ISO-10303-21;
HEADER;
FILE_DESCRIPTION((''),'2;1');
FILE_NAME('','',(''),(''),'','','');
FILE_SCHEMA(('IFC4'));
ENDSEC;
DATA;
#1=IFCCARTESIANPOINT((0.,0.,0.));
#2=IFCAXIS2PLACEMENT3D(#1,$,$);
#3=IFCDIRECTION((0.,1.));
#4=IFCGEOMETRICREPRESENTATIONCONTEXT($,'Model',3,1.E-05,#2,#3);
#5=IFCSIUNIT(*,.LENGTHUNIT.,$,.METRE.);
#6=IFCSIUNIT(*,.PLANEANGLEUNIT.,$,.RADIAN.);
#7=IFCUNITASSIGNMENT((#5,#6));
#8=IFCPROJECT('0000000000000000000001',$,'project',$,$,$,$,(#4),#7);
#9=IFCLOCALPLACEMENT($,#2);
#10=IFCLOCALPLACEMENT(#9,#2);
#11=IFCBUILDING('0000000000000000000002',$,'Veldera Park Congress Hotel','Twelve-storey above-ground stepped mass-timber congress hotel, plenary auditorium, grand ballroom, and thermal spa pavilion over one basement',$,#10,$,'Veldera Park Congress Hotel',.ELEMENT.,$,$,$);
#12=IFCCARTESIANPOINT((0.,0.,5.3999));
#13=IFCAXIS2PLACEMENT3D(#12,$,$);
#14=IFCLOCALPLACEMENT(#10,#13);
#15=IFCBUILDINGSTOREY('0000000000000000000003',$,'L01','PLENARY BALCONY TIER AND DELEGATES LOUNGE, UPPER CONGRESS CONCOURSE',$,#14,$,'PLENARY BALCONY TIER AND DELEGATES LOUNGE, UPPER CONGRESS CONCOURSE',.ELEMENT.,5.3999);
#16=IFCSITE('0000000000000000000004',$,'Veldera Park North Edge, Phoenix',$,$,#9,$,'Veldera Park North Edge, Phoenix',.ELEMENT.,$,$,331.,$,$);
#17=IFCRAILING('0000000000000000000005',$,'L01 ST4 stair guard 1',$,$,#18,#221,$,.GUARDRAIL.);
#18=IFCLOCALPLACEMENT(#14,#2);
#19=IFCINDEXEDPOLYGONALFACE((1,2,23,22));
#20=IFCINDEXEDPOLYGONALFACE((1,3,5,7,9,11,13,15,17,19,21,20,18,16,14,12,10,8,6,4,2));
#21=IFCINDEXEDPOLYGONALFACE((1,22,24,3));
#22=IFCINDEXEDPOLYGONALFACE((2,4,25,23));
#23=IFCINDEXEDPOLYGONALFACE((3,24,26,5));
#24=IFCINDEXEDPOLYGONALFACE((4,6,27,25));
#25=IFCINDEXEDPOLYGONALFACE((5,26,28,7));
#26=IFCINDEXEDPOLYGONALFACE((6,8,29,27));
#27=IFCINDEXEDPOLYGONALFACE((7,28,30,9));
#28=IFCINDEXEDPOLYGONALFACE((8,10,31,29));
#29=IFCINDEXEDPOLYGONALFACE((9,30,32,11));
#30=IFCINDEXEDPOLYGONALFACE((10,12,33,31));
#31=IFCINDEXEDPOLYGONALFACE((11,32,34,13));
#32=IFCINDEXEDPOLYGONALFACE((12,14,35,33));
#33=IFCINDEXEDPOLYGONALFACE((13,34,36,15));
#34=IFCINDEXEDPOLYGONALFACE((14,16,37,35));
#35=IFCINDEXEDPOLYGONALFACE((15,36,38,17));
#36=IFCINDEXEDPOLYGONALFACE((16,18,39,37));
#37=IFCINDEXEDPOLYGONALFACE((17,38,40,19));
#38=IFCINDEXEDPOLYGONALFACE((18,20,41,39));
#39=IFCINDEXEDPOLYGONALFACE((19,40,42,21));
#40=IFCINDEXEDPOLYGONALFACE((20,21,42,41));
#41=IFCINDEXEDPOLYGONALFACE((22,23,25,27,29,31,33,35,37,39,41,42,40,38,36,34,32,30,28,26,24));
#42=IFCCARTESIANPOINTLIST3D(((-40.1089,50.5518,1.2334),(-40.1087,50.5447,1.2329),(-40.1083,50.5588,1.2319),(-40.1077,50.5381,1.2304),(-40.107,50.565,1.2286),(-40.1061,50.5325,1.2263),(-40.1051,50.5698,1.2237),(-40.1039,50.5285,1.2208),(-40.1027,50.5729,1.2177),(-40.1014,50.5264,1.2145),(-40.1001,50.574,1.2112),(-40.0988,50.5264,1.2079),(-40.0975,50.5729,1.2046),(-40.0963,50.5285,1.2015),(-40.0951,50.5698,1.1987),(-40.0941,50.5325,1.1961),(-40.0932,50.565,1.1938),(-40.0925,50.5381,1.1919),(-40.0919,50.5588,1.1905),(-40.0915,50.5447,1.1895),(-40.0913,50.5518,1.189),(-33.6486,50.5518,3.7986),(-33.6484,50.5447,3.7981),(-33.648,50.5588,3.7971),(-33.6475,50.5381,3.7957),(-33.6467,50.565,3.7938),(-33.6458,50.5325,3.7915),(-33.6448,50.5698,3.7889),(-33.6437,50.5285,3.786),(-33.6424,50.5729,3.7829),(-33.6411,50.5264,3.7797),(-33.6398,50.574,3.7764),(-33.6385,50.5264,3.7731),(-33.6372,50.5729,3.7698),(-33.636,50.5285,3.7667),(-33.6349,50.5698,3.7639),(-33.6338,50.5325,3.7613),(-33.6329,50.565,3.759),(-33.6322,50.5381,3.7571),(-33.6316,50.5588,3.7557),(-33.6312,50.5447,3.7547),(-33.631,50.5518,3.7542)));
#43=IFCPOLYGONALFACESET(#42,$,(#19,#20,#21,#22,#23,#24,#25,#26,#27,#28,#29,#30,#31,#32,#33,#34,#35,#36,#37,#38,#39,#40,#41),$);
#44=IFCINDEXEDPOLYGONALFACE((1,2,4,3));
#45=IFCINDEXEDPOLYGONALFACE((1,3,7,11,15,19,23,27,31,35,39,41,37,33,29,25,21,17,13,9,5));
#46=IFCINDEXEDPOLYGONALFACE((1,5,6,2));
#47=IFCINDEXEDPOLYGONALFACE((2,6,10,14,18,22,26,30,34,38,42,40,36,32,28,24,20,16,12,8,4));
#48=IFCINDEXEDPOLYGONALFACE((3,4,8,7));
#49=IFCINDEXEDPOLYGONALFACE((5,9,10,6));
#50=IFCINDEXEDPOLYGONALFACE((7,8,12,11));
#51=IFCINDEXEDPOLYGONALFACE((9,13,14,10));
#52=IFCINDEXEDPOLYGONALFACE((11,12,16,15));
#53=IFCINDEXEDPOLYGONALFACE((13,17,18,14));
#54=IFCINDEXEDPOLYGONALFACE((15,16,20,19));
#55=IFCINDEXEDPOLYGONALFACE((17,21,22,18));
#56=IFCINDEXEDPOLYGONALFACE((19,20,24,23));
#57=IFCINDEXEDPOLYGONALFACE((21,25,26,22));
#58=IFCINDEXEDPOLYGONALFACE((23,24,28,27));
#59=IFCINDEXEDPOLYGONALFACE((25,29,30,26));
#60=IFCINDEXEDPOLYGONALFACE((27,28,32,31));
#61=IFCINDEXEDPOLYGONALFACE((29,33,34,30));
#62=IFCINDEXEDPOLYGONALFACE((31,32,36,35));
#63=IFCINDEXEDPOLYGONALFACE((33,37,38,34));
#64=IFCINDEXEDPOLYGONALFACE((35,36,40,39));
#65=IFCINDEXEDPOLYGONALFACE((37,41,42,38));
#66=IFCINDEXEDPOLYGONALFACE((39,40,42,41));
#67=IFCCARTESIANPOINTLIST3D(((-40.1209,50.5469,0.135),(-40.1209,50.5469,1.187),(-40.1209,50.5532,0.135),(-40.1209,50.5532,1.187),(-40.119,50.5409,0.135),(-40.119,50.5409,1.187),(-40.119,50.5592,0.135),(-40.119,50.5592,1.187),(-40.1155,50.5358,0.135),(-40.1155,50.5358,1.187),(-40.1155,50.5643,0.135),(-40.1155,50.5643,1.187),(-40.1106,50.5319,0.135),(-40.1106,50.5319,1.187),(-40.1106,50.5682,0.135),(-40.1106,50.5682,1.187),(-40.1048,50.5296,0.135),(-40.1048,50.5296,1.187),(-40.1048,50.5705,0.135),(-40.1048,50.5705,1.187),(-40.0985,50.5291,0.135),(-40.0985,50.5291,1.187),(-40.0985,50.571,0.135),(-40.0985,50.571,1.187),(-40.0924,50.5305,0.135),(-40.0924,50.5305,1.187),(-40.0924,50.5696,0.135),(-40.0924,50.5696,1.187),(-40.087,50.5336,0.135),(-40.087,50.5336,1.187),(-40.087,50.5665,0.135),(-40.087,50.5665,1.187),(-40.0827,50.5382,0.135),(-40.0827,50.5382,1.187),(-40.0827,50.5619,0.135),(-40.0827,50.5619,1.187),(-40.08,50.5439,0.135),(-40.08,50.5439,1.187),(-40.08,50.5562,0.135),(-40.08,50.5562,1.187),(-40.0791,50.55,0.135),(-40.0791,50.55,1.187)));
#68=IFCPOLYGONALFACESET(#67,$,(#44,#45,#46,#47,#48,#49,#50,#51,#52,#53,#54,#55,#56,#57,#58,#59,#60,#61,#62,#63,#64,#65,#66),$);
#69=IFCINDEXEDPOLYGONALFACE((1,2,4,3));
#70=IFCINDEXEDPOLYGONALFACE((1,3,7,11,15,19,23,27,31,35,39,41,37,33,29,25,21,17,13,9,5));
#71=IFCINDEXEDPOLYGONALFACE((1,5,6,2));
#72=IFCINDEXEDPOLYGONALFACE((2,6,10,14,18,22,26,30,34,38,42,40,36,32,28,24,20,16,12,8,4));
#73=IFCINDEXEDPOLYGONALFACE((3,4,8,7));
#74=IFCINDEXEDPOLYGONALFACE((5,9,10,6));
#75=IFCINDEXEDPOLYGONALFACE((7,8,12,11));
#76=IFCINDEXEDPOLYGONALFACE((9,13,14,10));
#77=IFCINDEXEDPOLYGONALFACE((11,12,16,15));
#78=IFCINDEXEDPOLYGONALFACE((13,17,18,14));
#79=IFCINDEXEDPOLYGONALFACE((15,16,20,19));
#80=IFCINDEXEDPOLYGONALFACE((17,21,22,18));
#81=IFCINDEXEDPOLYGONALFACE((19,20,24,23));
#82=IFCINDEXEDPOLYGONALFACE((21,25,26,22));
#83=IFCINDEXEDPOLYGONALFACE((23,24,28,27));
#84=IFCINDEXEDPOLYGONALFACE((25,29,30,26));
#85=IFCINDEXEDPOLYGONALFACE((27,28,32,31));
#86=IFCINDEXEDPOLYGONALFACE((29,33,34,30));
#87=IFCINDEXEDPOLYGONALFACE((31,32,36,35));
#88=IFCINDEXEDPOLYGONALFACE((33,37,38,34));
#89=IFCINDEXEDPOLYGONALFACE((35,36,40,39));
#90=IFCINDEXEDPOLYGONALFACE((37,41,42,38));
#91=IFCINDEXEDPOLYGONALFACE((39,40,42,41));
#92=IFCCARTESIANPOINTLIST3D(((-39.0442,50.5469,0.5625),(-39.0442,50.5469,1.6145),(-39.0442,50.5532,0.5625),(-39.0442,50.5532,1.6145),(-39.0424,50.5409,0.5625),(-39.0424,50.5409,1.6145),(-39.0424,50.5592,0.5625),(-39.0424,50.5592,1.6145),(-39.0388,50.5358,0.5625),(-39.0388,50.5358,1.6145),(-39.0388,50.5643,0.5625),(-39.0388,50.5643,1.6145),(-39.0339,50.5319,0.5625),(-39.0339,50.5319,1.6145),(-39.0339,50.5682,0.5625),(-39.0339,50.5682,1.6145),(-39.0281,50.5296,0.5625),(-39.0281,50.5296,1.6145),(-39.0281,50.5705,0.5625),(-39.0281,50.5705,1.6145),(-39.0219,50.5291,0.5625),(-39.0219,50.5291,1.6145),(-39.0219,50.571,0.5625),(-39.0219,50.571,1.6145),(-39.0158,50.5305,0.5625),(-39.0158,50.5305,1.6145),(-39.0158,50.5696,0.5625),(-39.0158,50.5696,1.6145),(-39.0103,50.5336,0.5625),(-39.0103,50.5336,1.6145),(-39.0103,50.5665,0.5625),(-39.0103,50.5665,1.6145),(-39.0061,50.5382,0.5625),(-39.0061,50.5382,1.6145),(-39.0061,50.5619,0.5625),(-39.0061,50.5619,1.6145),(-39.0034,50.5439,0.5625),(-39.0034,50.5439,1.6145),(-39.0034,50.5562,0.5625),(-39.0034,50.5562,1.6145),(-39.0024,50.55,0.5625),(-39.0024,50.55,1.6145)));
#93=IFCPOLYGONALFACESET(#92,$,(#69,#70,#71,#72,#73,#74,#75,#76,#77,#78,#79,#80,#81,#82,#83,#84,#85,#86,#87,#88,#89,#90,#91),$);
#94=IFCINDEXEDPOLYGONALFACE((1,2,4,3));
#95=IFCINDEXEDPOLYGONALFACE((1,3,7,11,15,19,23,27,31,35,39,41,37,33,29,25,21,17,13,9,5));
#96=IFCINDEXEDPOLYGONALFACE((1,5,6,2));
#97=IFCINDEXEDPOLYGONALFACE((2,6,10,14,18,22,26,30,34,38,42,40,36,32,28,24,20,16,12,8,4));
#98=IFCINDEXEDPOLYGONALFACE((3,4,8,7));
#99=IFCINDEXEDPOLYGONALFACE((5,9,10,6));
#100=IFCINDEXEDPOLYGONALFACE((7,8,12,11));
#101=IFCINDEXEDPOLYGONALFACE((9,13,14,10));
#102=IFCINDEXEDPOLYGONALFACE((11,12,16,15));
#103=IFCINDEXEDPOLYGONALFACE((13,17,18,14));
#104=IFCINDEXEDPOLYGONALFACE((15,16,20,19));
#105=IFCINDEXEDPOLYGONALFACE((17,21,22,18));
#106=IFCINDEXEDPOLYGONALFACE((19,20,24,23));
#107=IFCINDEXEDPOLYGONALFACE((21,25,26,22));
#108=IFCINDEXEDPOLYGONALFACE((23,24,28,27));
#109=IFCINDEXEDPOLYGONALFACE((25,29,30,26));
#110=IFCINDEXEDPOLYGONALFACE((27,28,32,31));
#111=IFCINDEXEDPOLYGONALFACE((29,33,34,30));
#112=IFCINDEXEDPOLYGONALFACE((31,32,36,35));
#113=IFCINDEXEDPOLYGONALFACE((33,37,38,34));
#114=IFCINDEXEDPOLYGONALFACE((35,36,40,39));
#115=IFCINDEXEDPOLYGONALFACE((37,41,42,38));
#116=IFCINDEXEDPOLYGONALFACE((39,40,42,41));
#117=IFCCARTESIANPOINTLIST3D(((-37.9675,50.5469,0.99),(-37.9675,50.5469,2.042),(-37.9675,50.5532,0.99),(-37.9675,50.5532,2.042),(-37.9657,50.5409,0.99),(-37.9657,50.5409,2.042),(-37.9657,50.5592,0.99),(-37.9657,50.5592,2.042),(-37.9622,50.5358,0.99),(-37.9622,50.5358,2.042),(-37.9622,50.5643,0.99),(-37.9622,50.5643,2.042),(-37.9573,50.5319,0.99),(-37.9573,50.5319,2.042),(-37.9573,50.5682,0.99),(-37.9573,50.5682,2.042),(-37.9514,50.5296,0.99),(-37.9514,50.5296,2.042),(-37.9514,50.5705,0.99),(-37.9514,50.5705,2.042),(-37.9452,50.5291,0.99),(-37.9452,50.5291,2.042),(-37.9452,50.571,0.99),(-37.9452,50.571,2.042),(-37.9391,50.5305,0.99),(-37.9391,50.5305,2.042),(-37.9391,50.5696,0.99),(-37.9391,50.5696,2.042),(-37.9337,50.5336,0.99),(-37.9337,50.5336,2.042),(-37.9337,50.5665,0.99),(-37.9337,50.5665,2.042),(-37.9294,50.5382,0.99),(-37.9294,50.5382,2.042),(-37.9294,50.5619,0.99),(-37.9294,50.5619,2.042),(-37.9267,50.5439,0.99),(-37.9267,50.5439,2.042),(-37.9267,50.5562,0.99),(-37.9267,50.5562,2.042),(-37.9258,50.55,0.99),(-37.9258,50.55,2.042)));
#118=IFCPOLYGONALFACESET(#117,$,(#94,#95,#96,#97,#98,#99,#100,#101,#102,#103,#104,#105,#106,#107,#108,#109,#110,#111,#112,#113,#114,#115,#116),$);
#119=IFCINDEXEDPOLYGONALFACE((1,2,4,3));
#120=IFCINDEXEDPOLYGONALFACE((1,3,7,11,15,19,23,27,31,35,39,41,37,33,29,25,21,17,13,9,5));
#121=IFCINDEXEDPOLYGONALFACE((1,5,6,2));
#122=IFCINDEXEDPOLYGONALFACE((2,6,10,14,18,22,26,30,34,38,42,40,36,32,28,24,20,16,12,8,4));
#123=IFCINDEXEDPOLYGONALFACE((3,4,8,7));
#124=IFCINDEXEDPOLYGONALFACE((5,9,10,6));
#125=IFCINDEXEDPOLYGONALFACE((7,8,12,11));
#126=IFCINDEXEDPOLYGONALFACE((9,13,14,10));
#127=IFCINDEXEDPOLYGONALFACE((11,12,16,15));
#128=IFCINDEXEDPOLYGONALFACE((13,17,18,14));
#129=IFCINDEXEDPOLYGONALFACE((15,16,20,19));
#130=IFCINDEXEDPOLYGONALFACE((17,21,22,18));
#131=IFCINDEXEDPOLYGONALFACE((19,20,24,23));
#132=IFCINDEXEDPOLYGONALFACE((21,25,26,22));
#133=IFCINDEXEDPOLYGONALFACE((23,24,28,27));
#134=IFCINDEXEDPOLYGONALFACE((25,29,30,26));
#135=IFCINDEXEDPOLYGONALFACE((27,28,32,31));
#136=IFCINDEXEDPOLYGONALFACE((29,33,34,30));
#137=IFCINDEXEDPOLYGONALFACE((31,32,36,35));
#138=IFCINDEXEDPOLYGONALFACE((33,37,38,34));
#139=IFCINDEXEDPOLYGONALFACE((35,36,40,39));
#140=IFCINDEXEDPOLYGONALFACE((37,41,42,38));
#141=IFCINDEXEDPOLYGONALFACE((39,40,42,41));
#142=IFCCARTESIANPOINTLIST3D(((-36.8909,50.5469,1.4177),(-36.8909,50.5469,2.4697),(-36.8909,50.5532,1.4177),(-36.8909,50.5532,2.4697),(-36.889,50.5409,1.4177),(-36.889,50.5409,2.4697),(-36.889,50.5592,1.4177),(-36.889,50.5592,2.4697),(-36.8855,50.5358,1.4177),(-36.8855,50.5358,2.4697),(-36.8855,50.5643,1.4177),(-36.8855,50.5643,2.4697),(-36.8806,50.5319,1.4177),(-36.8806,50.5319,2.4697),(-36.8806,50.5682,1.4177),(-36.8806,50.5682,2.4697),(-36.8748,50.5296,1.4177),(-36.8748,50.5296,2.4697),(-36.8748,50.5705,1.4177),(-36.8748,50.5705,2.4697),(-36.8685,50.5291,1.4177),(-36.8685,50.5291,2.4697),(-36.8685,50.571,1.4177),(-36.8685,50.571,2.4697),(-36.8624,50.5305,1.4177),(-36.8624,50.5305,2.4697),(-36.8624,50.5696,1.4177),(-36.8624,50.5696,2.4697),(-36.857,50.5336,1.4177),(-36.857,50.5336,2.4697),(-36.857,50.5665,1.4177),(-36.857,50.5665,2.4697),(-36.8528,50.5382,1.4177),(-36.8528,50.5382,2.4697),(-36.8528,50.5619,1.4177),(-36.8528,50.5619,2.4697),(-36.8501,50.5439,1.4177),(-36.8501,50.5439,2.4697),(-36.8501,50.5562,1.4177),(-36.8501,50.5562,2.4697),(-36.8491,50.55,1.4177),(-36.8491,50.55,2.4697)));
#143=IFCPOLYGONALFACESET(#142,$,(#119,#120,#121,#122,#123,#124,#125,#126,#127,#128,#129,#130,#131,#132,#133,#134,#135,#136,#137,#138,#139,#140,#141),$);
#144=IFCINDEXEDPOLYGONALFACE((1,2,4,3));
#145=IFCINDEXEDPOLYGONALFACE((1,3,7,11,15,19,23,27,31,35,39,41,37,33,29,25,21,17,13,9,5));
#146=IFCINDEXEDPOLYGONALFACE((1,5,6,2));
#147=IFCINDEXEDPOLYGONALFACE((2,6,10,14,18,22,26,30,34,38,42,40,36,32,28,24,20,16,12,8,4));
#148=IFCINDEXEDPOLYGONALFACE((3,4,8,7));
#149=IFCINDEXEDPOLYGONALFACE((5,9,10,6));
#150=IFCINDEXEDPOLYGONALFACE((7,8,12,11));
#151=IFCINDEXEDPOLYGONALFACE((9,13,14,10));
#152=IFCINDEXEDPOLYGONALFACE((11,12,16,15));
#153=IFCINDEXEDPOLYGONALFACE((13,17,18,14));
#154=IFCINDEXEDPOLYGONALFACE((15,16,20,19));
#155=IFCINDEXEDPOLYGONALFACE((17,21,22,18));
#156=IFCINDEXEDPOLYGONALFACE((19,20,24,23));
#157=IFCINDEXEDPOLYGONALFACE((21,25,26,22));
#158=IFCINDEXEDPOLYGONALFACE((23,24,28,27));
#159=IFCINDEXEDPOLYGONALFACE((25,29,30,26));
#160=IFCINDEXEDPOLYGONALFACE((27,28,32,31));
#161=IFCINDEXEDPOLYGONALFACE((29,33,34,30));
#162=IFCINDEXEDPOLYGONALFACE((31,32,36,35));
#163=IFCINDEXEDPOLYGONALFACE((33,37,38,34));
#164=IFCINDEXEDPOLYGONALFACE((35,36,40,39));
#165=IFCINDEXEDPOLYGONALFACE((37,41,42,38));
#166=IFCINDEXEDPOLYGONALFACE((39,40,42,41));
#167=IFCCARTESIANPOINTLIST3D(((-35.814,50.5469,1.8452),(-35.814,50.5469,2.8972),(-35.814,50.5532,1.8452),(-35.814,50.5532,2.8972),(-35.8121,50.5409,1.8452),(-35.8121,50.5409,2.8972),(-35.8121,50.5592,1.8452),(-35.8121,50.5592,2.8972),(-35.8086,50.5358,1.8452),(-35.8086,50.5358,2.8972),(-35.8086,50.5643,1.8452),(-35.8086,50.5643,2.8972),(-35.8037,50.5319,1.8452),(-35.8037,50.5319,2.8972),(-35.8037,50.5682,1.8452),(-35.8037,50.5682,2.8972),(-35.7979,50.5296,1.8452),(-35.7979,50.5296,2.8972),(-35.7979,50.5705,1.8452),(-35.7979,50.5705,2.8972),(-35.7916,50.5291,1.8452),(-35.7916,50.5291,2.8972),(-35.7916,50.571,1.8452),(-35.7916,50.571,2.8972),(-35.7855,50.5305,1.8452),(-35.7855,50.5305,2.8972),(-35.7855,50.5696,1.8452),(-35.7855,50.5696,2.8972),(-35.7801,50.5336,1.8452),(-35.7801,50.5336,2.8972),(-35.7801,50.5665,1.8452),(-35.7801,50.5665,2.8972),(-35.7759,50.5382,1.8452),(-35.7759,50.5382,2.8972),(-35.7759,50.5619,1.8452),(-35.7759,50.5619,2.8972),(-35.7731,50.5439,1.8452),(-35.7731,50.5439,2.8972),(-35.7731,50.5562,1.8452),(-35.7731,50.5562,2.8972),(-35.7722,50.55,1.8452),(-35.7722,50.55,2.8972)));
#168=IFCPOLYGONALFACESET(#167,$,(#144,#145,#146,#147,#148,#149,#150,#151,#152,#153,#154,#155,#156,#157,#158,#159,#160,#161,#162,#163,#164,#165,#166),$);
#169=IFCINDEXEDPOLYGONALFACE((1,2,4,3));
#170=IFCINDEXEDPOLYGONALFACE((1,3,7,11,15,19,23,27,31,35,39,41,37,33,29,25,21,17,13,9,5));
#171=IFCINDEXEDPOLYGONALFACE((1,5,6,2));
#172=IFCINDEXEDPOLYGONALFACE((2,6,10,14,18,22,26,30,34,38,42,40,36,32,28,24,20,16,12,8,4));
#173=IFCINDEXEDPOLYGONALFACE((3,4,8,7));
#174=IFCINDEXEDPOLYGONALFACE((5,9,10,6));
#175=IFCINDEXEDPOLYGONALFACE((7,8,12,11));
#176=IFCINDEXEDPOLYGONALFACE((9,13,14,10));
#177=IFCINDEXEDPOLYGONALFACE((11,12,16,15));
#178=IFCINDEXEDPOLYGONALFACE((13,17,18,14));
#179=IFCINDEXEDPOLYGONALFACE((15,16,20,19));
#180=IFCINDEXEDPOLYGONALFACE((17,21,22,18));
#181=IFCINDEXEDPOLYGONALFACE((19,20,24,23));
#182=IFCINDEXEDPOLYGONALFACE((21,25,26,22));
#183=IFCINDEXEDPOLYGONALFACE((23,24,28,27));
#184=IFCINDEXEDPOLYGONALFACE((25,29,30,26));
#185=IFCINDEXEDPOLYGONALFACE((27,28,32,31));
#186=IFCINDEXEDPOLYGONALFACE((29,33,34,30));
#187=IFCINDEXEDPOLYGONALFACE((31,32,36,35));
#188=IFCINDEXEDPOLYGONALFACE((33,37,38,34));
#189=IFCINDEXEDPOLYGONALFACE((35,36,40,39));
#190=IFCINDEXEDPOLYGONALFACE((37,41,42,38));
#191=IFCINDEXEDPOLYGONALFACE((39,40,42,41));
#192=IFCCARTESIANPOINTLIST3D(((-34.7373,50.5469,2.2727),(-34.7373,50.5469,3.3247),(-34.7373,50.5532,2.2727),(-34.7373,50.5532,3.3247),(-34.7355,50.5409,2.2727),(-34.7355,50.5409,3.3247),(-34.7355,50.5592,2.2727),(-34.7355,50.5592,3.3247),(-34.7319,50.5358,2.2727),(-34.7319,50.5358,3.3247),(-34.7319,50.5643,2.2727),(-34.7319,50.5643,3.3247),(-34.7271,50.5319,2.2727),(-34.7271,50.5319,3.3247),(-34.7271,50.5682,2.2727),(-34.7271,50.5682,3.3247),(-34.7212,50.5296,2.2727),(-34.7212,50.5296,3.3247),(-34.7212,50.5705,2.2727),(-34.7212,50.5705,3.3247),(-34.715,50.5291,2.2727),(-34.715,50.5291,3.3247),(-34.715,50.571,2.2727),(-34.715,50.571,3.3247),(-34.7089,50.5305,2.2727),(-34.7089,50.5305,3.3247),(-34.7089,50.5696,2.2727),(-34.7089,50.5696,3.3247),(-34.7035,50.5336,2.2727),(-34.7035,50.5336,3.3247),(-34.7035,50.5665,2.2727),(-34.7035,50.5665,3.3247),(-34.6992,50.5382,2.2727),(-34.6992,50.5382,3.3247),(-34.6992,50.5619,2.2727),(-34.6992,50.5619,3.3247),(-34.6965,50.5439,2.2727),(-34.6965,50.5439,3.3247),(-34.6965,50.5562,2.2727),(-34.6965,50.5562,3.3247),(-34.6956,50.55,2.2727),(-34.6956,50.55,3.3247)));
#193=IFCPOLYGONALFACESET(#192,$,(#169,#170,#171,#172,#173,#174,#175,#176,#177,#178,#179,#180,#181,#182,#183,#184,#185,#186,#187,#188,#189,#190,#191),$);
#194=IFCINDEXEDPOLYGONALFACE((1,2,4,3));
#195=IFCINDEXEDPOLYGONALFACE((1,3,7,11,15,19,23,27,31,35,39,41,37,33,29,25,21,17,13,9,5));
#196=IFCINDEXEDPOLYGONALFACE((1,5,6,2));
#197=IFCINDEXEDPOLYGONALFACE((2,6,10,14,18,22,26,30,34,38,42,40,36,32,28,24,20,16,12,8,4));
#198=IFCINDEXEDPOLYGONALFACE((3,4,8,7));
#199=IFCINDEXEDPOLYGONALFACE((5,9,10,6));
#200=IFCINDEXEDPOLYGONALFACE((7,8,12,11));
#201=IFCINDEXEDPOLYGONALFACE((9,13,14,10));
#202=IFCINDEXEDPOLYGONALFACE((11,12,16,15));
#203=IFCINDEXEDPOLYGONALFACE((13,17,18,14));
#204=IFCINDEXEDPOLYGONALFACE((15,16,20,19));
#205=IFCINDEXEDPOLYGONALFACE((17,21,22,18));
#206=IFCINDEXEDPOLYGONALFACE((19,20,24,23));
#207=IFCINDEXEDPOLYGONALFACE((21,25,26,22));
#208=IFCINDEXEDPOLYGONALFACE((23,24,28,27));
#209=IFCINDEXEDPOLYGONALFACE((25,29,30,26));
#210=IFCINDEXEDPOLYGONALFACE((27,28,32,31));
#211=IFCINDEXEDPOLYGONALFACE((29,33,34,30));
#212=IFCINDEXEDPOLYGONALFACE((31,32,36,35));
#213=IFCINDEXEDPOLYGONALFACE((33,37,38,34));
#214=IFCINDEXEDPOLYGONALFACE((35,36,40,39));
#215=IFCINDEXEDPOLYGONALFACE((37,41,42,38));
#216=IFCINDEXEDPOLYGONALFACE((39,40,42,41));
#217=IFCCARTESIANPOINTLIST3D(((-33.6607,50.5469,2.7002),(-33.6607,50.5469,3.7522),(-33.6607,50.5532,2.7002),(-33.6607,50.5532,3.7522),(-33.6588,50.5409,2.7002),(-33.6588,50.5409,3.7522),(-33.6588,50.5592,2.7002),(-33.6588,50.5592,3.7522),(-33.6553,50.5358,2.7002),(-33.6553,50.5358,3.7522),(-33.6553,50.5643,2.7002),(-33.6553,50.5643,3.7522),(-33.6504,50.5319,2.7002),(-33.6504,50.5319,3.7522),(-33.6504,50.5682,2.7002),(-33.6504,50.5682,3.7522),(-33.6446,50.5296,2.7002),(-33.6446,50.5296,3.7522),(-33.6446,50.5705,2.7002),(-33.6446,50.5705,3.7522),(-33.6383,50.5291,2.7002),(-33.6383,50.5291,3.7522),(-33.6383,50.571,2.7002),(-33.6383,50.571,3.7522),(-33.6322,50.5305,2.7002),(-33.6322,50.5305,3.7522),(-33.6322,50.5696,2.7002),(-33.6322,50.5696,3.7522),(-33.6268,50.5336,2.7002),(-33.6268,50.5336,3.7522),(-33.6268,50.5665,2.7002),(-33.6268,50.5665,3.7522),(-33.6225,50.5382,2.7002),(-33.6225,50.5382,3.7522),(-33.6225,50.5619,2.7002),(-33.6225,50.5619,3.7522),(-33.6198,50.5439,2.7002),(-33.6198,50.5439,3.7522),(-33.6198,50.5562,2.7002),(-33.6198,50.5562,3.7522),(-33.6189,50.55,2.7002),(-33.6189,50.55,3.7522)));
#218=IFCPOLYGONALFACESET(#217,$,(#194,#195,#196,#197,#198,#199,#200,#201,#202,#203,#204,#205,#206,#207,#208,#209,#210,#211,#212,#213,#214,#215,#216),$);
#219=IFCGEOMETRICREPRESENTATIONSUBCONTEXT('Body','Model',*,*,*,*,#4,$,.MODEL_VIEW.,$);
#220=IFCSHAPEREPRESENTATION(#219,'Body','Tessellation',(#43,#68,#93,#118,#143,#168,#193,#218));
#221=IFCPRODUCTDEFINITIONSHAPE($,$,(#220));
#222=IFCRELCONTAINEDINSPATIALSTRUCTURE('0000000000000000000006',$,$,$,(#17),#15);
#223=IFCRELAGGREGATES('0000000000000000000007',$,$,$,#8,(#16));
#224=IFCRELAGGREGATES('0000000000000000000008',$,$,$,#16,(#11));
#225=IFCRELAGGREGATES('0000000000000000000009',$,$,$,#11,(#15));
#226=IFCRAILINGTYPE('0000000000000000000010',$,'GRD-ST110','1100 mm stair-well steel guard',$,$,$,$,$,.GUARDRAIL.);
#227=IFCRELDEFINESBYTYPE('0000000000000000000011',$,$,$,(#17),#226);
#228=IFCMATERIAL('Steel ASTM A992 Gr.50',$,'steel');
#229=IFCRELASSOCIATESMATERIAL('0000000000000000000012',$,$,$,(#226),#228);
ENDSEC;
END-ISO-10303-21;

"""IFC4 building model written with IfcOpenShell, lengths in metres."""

from ifc_helpers import new_model, si_unit, direction, frame, origin, origin_2d, place, context, subcontext, project, spatial, circle, extrude, material, type_object, element, save


model = new_model("IFC4")

# Units and contexts
model_context = context("Model", 3, precision=1e-05, world=origin(), true_north=direction((0.0, 1.0)))
body_context = subcontext(model_context, "Body", "Model", "MODEL_VIEW")
ifc_project = project(units=[si_unit("LENGTHUNIT", "METRE"), si_unit("PLANEANGLEUNIT", "RADIAN")], contexts=[model_context])

# Site, building, storey
site_placement = place(None, origin())
site = spatial("IfcSite", under=ifc_project, at=site_placement, Name="Veldera Park North Edge, Phoenix", LongName="Veldera Park North Edge, Phoenix", CompositionType="ELEMENT", RefElevation=331.0)
building_placement = place(site_placement, origin())
building = spatial("IfcBuilding", under=site, at=building_placement, Name="Veldera Park Congress Hotel", Description="Twelve-storey above-ground stepped mass-timber congress hotel, plenary auditorium, grand ballroom, and thermal spa pavilion over one basement", LongName="Veldera Park Congress Hotel", CompositionType="ELEMENT")
storey_placement = place(building_placement, frame((0.0, 0.0, 5.3999)))
storey = spatial("IfcBuildingStorey", under=building, at=storey_placement, Name="L01", Description="PLENARY BALCONY TIER AND DELEGATES LOUNGE, UPPER CONGRESS CONCOURSE", LongName="PLENARY BALCONY TIER AND DELEGATES LOUNGE, UPPER CONGRESS CONCOURSE", CompositionType="ELEMENT", Elevation=5.3999)

# Shared definitions
ifc_material_1 = material(Name="Steel ASTM A992 Gr.50", Category="steel")

# Railing
railing_type_1 = type_object("IfcRailingType", Name="GRD-ST110", Description="1100 mm stair-well steel guard", PredefinedType="GUARDRAIL", material=ifc_material_1)
railing_1_placement = place(storey_placement, frame((-40.1001, 50.55, 0.135)))
element("IfcRailing", 1, at=railing_1_placement, inside=storey, type_object=railing_type_1, Name="L01 ST4 stair guard 1", PredefinedType="GUARDRAIL", context=body_context, shape_type="SweptSolid", body=[
    extrude(circle(Radius=0.0239, at=origin_2d()), frame((0.0, 0.0, 1.0762), z_axis=(0.929411, 0.0, 0.369046), x_axis=(0.0, 1.0, 0.0)), (0.0, 0.0, 1.0), 6.9509),
    extrude(circle(Radius=0.021, at=origin_2d()), origin(), (0.0, 0.0, 1.0), 1.052),
    extrude(circle(Radius=0.021, at=origin_2d()), frame((1.0767, 0.0, 0.4275)), (0.0, 0.0, 1.0), 1.052),
    extrude(circle(Radius=0.021, at=origin_2d()), frame((2.1533, 0.0, 0.855)), (0.0, 0.0, 1.0), 1.052),
    extrude(circle(Radius=0.021, at=origin_2d()), frame((3.23, 0.0, 1.2827)), (0.0, 0.0, 1.0), 1.052),
    extrude(circle(Radius=0.021, at=origin_2d()), frame((4.3069, 0.0, 1.7102)), (0.0, 0.0, 1.0), 1.052),
    extrude(circle(Radius=0.021, at=origin_2d()), frame((5.3835, 0.0, 2.1377)), (0.0, 0.0, 1.0), 1.052),
    extrude(circle(Radius=0.021, at=origin_2d()), frame((6.4602, 0.0, 2.5652)), (0.0, 0.0, 1.0), 1.052),
])

save(model, "model.ifc")
